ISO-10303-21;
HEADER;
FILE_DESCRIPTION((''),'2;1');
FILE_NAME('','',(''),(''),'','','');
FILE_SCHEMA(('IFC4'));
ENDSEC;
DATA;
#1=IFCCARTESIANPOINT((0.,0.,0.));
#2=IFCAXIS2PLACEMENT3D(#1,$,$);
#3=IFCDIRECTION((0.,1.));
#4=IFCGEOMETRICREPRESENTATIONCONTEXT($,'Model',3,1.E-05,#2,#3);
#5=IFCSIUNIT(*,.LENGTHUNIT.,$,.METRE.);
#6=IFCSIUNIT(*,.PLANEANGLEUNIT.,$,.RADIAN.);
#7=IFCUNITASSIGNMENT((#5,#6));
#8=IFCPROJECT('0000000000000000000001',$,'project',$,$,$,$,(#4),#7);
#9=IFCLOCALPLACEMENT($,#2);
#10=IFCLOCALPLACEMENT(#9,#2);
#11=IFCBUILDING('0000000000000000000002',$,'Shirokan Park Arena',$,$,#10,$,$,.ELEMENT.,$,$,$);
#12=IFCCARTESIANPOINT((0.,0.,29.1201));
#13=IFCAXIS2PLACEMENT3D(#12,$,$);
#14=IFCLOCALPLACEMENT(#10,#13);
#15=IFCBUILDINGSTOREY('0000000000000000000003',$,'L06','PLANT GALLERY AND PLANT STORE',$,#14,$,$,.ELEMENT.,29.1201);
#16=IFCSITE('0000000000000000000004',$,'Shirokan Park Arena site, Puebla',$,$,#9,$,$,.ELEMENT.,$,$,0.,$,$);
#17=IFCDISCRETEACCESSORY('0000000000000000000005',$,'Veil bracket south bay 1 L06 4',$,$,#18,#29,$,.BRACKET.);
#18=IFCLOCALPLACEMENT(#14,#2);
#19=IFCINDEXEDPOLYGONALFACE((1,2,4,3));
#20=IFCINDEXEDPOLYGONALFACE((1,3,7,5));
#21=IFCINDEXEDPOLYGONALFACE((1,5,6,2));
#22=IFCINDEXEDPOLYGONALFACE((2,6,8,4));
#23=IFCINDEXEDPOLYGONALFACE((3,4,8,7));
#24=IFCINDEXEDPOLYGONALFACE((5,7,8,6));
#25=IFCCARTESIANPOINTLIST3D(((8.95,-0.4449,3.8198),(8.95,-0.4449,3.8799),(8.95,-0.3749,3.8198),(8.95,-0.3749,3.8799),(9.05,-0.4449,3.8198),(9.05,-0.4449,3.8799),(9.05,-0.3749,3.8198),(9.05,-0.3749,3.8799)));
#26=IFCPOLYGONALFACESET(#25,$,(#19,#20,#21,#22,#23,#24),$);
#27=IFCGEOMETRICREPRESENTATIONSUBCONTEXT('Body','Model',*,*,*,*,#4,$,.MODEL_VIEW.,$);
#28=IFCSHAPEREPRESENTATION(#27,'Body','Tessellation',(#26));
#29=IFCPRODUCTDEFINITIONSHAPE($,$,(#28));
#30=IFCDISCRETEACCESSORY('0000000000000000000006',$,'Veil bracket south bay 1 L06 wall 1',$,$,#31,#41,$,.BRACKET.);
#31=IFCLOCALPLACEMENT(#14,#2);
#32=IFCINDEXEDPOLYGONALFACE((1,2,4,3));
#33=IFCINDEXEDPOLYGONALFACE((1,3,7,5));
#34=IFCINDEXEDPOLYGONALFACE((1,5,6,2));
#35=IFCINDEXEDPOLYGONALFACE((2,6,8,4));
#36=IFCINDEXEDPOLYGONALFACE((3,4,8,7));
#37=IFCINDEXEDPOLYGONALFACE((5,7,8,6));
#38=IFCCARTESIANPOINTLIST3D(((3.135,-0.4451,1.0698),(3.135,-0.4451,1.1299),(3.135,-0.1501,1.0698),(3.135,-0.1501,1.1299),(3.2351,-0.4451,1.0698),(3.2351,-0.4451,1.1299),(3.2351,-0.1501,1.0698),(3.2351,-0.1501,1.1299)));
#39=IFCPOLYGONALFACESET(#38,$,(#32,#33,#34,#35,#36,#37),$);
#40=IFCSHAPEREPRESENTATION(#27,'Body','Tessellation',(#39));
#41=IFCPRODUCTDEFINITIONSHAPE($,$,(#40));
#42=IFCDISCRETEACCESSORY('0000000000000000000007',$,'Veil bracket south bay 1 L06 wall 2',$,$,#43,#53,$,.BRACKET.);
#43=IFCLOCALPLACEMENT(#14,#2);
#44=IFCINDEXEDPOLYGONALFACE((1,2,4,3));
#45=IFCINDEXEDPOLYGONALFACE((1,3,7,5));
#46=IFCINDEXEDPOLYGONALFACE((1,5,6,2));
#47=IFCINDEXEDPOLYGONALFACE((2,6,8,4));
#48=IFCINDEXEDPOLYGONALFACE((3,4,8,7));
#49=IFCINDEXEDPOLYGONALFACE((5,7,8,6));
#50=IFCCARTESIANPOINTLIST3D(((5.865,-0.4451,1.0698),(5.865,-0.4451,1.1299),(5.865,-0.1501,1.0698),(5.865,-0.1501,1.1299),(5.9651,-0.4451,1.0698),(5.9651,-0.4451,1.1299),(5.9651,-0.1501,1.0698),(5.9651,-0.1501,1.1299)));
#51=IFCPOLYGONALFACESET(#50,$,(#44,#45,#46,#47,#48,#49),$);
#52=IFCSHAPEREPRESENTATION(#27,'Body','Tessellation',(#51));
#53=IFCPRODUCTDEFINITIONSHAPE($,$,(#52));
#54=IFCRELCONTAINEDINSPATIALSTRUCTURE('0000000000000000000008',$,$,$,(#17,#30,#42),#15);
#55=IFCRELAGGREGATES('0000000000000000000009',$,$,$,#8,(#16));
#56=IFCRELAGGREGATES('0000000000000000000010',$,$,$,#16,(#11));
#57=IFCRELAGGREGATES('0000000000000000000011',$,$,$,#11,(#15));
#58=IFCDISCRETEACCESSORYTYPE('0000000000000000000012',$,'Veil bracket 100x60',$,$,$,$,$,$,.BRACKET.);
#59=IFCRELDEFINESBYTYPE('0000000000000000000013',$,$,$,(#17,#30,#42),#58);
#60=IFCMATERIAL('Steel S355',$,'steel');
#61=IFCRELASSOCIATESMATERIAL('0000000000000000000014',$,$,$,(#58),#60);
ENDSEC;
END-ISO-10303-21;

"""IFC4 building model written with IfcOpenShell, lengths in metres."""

from ifc_helpers import new_model, si_unit, direction, frame, origin, origin_2d, place, context, subcontext, project, spatial, rectangle, extrude, material, type_object, element, save


model = new_model("IFC4")

# Units and contexts
model_context = context("Model", 3, precision=1e-05, world=origin(), true_north=direction((0.0, 1.0)))
body_context = subcontext(model_context, "Body", "Model", "MODEL_VIEW")
ifc_project = project(units=[si_unit("LENGTHUNIT", "METRE"), si_unit("PLANEANGLEUNIT", "RADIAN")], contexts=[model_context])

# Site, building, storey
site_placement = place(None, origin())
site = spatial("IfcSite", under=ifc_project, at=site_placement, Name="Shirokan Park Arena site, Puebla", CompositionType="ELEMENT", RefElevation=0.0)
building_placement = place(site_placement, origin())
building = spatial("IfcBuilding", under=site, at=building_placement, Name="Shirokan Park Arena", CompositionType="ELEMENT")
storey_placement = place(building_placement, frame((0.0, 0.0, 29.1201)))
storey = spatial("IfcBuildingStorey", under=building, at=storey_placement, Name="L06", Description="PLANT GALLERY AND PLANT STORE", CompositionType="ELEMENT", Elevation=29.1201)

# Discrete accessories
ifc_material_1 = material(Name="Steel S355", Category="steel")
discrete_accessory_type = type_object("IfcDiscreteAccessoryType", Name="Veil bracket 100x60", PredefinedType="BRACKET", material=ifc_material_1)
for number, where, z_axis, x_axis, name in (
    (1, (9.0, -0.4099, 3.8198), (0.0, 0.0, 1.0), (1.0, 0.0, 0.0), "Veil bracket south bay 1 L06 4"),
):
    element("IfcDiscreteAccessory", number, at=place(storey_placement, frame(where, z_axis=z_axis, x_axis=x_axis)), inside=storey, type_object=discrete_accessory_type, Name=name, PredefinedType="BRACKET", context=body_context, shape_type="SweptSolid", body=[
        extrude(rectangle(XDim=0.1001, YDim=0.0701, at=origin_2d()), origin(), (0.0, 0.0, 1.0), 0.0601),
    ])
for number, where, z_axis, x_axis, name in (
    (2, (3.1851, -0.2976, 1.0698), (0.0, 0.0, 1.0), (1.0, 0.0, 0.0), "Veil bracket south bay 1 L06 wall 1"),
    (3, (5.915, -0.2976, 1.0698), (0.0, 0.0, 1.0), (1.0, 0.0, 0.0), "Veil bracket south bay 1 L06 wall 2"),
):
    element("IfcDiscreteAccessory", number, at=place(storey_placement, frame(where, z_axis=z_axis, x_axis=x_axis)), inside=storey, type_object=discrete_accessory_type, Name=name, PredefinedType="BRACKET", context=body_context, shape_type="SweptSolid", body=[
        extrude(rectangle(XDim=0.1001, YDim=0.2949, at=origin_2d()), origin(), (0.0, 0.0, 1.0), 0.0601),
    ])

save(model, "model.ifc")
